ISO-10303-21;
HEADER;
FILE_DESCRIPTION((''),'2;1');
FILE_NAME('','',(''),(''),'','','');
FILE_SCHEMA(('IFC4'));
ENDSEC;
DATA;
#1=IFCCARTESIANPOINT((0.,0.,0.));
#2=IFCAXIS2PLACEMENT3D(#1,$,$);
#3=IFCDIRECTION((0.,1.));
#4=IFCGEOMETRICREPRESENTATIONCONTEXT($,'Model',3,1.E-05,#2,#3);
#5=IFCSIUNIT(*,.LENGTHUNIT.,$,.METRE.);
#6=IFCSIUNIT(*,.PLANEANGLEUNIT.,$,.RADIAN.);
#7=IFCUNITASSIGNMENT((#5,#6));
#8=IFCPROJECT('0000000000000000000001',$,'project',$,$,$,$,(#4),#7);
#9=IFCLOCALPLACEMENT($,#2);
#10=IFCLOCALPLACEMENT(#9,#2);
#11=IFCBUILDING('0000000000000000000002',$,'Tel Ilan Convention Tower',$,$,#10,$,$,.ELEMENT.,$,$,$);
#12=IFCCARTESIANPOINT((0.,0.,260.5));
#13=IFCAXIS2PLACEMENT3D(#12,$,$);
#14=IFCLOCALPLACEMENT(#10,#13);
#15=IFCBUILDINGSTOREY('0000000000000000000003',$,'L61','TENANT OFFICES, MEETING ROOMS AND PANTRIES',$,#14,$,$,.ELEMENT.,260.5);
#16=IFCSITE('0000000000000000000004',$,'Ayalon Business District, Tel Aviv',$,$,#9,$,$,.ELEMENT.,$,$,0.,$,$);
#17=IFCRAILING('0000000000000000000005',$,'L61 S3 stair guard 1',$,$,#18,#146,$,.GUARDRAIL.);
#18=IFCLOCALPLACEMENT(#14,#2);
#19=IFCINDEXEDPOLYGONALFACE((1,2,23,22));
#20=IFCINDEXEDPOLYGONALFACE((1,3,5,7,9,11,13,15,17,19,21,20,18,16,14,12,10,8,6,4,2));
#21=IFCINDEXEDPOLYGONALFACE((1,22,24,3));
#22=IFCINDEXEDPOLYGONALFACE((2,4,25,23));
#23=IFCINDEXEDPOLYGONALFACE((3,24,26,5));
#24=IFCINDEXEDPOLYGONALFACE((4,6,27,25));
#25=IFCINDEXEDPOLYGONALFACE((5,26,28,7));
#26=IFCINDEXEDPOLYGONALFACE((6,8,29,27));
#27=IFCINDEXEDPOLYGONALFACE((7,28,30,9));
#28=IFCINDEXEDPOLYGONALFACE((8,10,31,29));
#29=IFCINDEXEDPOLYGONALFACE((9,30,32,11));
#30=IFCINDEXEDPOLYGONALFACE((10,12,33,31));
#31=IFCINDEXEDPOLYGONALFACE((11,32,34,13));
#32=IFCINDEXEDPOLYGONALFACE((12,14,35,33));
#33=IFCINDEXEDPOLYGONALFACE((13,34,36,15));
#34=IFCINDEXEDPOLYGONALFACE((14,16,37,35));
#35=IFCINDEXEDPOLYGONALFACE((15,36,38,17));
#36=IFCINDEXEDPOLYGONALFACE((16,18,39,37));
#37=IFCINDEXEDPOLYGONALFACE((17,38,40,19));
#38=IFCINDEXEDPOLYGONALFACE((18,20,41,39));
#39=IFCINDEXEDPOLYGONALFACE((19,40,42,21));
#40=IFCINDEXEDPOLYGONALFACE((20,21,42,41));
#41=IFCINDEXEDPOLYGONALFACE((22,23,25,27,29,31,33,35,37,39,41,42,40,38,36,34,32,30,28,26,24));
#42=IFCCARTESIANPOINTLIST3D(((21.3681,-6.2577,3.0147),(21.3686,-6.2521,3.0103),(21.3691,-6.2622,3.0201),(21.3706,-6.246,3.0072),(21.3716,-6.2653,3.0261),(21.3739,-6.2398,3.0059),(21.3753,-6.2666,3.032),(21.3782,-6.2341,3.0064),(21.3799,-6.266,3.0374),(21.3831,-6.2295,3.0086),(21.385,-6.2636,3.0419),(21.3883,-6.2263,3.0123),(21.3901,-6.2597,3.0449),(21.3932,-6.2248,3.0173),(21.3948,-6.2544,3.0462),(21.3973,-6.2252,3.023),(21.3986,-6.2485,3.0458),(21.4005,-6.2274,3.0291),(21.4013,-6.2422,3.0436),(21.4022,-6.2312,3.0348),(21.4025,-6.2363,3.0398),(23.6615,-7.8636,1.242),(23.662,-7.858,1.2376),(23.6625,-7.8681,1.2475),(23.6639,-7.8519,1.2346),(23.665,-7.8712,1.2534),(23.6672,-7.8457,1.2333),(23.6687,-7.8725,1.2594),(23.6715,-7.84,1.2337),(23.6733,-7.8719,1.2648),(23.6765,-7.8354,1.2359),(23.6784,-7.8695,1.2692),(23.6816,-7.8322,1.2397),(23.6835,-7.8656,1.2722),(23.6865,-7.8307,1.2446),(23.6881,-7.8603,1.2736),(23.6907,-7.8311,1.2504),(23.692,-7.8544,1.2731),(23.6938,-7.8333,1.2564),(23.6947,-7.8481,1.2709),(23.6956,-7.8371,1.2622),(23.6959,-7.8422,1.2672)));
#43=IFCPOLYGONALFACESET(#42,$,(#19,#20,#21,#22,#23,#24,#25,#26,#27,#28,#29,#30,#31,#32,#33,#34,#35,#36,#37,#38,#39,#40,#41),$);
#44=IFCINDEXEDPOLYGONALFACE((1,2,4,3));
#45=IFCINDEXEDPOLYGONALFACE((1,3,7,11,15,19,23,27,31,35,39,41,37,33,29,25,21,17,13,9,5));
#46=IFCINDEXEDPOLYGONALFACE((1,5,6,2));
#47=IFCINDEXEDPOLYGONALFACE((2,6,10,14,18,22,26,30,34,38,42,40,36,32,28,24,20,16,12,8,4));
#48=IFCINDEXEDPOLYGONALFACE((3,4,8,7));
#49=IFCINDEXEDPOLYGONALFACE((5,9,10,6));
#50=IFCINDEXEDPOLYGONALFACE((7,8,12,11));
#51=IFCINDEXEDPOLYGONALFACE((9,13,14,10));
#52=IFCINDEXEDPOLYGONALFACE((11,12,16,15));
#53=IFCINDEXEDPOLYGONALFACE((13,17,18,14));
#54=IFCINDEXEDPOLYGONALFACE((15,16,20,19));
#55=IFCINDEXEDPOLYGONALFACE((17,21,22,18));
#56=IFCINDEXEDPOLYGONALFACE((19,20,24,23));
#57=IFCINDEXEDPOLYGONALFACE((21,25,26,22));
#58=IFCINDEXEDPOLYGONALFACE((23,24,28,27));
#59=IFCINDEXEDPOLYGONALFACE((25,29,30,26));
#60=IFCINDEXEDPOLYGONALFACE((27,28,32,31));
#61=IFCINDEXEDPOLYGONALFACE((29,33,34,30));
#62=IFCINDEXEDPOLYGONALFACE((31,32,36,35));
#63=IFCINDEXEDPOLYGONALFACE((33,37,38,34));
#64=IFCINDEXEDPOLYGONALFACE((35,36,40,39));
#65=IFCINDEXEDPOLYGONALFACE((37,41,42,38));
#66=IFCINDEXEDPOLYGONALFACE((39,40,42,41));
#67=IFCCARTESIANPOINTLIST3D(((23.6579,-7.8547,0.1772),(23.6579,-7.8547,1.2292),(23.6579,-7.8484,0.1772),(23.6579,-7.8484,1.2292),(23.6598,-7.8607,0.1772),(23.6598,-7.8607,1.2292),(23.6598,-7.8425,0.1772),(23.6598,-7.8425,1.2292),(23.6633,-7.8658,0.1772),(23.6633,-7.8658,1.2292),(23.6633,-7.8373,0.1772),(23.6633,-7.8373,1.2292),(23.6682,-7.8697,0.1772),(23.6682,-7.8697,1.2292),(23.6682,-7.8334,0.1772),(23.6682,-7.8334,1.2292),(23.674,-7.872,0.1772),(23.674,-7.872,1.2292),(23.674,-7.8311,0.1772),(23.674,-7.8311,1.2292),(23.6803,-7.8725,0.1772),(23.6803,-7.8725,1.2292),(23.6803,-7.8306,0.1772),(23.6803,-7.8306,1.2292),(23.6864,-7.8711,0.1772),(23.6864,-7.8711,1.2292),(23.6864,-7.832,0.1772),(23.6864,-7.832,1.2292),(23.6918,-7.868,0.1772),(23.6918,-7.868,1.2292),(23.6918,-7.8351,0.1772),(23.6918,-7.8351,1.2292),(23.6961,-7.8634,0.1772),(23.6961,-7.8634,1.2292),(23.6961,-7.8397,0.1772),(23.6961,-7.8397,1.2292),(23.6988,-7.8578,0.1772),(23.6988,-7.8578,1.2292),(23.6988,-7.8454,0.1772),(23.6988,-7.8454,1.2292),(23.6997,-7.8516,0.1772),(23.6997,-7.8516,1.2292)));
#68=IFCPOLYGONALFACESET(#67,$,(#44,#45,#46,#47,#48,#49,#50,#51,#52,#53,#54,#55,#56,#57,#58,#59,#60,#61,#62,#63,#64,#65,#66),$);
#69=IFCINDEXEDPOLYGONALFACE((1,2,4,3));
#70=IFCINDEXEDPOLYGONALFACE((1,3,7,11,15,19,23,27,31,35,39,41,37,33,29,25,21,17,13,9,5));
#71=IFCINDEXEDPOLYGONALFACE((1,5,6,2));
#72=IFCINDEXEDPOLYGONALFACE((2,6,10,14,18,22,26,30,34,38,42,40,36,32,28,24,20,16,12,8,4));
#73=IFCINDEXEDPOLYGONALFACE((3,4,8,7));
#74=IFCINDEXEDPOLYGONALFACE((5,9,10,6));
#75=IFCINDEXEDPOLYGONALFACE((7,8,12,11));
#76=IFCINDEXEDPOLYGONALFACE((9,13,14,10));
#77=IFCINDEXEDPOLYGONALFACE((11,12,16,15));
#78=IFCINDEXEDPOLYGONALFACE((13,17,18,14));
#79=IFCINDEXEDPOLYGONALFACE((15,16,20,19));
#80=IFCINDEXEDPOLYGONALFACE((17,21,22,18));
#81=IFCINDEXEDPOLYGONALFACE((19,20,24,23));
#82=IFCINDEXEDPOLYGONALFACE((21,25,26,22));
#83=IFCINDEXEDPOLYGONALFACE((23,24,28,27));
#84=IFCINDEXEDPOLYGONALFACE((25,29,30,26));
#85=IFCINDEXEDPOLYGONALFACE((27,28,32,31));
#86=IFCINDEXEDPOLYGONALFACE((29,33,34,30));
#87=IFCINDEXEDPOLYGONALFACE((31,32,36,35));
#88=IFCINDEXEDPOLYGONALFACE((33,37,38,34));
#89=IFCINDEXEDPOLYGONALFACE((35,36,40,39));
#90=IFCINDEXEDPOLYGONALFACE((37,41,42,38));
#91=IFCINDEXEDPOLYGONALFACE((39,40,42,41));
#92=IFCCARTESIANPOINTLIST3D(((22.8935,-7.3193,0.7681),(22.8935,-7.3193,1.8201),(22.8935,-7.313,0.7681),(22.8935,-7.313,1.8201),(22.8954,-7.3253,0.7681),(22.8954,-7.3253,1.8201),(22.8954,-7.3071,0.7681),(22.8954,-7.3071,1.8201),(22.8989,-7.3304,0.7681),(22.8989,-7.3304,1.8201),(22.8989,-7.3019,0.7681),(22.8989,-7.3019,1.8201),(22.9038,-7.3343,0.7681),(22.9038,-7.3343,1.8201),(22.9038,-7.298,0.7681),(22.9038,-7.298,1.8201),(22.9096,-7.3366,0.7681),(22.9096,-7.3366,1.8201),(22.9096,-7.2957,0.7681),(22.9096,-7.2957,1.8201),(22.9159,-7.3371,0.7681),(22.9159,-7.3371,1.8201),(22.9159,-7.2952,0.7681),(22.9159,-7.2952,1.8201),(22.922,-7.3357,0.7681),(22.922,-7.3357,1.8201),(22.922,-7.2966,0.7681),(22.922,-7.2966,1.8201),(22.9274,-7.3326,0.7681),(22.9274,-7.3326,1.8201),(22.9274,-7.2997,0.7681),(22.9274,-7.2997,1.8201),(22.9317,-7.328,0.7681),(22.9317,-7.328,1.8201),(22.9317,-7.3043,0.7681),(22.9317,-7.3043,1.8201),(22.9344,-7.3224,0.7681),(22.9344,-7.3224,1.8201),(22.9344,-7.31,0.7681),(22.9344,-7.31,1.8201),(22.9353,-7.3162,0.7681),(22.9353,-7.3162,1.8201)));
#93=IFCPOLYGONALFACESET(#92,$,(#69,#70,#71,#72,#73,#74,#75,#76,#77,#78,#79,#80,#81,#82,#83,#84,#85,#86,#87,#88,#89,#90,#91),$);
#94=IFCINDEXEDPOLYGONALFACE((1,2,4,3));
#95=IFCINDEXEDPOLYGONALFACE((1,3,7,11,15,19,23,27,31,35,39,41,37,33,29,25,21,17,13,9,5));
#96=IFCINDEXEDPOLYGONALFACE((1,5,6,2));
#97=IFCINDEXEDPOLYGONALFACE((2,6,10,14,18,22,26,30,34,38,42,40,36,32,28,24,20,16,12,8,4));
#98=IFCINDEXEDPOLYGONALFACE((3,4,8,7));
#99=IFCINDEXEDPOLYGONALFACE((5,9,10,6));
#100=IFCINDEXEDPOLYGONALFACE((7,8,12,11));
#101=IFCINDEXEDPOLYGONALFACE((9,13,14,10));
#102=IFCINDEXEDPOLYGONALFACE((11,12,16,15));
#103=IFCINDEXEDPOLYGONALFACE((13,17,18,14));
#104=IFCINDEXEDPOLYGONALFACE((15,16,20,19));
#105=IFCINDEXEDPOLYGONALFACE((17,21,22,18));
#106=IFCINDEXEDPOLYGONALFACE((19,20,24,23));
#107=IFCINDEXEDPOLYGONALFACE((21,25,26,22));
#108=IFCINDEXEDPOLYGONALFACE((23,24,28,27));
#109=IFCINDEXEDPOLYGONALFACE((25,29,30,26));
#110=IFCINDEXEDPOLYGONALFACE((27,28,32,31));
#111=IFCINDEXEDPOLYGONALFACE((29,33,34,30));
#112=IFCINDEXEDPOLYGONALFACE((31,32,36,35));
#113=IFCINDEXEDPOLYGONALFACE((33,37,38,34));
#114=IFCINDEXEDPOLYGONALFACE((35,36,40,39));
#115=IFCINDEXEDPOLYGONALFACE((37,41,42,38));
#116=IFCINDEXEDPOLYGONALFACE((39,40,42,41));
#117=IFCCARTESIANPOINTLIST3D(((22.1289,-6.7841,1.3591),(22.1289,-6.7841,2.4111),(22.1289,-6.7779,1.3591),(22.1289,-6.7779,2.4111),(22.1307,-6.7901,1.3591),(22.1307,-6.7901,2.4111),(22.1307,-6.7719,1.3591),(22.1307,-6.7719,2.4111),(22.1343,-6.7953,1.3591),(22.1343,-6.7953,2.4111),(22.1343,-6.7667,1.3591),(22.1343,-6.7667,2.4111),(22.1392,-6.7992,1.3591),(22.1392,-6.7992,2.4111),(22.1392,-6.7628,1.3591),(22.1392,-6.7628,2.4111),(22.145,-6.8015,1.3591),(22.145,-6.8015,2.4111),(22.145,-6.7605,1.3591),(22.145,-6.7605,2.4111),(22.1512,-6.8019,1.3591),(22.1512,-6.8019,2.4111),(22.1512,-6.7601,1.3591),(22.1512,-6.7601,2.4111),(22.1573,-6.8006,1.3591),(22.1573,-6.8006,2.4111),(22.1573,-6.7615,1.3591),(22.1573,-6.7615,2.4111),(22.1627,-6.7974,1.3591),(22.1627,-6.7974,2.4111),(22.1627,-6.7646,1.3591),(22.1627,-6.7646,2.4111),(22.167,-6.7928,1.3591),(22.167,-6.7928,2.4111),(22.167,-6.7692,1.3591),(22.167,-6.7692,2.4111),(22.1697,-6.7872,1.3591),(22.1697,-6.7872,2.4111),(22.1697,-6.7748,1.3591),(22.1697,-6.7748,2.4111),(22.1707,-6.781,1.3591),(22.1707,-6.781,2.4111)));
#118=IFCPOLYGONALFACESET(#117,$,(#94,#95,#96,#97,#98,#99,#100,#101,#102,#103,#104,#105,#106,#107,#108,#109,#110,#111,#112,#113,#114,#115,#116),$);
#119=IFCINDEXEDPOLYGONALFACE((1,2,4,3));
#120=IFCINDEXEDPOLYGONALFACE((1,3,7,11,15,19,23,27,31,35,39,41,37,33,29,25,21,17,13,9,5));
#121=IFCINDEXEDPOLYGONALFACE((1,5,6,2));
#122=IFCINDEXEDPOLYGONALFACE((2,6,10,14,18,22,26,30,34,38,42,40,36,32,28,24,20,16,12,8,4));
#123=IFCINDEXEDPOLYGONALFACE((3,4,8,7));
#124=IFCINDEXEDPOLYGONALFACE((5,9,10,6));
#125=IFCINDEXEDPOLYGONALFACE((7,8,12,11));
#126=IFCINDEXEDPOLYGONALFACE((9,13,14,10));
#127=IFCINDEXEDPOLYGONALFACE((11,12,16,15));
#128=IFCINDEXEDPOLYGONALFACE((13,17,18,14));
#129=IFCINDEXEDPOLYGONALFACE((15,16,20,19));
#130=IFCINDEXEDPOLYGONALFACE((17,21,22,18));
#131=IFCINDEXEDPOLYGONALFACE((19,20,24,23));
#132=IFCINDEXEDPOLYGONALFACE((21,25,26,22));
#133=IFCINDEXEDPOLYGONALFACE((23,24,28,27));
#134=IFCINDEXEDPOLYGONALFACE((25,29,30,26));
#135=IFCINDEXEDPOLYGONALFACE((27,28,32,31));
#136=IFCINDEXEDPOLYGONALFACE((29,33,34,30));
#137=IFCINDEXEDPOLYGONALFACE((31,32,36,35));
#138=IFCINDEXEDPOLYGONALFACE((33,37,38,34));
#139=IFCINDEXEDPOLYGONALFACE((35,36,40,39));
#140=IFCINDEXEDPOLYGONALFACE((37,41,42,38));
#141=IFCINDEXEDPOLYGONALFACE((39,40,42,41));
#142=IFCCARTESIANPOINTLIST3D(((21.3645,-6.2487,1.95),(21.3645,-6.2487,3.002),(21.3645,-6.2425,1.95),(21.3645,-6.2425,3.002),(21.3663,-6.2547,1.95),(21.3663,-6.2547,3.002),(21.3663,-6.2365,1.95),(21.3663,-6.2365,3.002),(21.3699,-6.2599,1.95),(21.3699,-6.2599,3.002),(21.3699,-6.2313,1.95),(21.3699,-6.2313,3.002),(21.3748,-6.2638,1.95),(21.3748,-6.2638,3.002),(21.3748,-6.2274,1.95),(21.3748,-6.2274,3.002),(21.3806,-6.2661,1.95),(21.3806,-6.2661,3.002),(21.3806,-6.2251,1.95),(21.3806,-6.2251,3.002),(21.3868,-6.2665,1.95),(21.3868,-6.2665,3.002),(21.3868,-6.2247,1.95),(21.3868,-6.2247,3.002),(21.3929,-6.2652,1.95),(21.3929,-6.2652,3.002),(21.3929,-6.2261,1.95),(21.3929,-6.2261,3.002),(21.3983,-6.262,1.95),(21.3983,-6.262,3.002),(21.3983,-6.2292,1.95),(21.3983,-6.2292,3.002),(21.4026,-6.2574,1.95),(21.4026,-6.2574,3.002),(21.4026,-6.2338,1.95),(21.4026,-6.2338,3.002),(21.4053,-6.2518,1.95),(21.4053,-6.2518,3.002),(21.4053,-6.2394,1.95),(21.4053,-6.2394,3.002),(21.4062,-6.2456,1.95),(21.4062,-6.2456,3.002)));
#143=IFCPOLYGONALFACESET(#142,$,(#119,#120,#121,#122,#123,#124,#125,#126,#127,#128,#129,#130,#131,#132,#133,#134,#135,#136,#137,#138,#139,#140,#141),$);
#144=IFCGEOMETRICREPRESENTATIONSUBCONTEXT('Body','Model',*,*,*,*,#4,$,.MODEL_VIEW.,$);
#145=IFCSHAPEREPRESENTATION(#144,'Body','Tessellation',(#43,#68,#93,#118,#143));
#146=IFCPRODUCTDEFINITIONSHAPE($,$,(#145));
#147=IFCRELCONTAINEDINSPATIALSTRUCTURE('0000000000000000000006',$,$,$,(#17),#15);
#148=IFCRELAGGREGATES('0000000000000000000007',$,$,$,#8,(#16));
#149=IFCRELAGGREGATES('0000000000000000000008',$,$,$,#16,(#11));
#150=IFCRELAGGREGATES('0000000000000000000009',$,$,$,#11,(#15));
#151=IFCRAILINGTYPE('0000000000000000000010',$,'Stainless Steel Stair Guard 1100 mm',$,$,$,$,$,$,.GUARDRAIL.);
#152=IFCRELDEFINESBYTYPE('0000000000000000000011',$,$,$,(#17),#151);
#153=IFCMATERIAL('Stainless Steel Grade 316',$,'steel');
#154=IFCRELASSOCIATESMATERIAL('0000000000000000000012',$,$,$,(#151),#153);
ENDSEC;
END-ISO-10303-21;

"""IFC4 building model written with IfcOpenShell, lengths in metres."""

from ifc_helpers import new_model, si_unit, direction, frame, origin, origin_2d, place, context, subcontext, project, spatial, circle, extrude, material, type_object, element, save


model = new_model("IFC4")

# Units and contexts
model_context = context("Model", 3, precision=1e-05, world=origin(), true_north=direction((0.0, 1.0)))
body_context = subcontext(model_context, "Body", "Model", "MODEL_VIEW")
ifc_project = project(units=[si_unit("LENGTHUNIT", "METRE"), si_unit("PLANEANGLEUNIT", "RADIAN")], contexts=[model_context])

# Site, building, storey
site_placement = place(None, origin())
site = spatial("IfcSite", under=ifc_project, at=site_placement, Name="Ayalon Business District, Tel Aviv", CompositionType="ELEMENT", RefElevation=0.0)
building_placement = place(site_placement, origin())
building = spatial("IfcBuilding", under=site, at=building_placement, Name="Tel Ilan Convention Tower", CompositionType="ELEMENT")
storey_placement = place(building_placement, frame((0.0, 0.0, 260.5)))
storey = spatial("IfcBuildingStorey", under=building, at=storey_placement, Name="L61", Description="TENANT OFFICES, MEETING ROOMS AND PANTRIES", CompositionType="ELEMENT", Elevation=260.5)

# Railing
ifc_material_1 = material(Name="Stainless Steel Grade 316", Category="steel")
railing_type_1 = type_object("IfcRailingType", Name="Stainless Steel Stair Guard 1100 mm", PredefinedType="GUARDRAIL", material=ifc_material_1)
railing_1_placement = place(storey_placement, frame((23.6787, -7.8516, 0.1772)))
element("IfcRailing", 1, at=railing_1_placement, inside=storey, type_object=railing_type_1, Name="L61 S3 stair guard 1", PredefinedType="GUARDRAIL", context=body_context, shape_type="SweptSolid", body=[
    extrude(circle(Radius=0.0239, at=origin_2d()), frame((0.0, 0.0, 1.0762), z_axis=(-0.692085, 0.484621, 0.53494), x_axis=(-0.573591, -0.819142, 0.0)), (0.0, 0.0, 1.0), 3.3137),
    extrude(circle(Radius=0.021, at=origin_2d()), origin(), (0.0, 0.0, 1.0), 1.052),
    extrude(circle(Radius=0.021, at=origin_2d()), frame((-0.7644, 0.5354, 0.5908)), (0.0, 0.0, 1.0), 1.052),
    extrude(circle(Radius=0.021, at=origin_2d()), frame((-1.5291, 1.0706, 1.1819)), (0.0, 0.0, 1.0), 1.052),
    extrude(circle(Radius=0.021, at=origin_2d()), frame((-2.2935, 1.606, 1.7727)), (0.0, 0.0, 1.0), 1.052),
])

save(model, "model.ifc")
